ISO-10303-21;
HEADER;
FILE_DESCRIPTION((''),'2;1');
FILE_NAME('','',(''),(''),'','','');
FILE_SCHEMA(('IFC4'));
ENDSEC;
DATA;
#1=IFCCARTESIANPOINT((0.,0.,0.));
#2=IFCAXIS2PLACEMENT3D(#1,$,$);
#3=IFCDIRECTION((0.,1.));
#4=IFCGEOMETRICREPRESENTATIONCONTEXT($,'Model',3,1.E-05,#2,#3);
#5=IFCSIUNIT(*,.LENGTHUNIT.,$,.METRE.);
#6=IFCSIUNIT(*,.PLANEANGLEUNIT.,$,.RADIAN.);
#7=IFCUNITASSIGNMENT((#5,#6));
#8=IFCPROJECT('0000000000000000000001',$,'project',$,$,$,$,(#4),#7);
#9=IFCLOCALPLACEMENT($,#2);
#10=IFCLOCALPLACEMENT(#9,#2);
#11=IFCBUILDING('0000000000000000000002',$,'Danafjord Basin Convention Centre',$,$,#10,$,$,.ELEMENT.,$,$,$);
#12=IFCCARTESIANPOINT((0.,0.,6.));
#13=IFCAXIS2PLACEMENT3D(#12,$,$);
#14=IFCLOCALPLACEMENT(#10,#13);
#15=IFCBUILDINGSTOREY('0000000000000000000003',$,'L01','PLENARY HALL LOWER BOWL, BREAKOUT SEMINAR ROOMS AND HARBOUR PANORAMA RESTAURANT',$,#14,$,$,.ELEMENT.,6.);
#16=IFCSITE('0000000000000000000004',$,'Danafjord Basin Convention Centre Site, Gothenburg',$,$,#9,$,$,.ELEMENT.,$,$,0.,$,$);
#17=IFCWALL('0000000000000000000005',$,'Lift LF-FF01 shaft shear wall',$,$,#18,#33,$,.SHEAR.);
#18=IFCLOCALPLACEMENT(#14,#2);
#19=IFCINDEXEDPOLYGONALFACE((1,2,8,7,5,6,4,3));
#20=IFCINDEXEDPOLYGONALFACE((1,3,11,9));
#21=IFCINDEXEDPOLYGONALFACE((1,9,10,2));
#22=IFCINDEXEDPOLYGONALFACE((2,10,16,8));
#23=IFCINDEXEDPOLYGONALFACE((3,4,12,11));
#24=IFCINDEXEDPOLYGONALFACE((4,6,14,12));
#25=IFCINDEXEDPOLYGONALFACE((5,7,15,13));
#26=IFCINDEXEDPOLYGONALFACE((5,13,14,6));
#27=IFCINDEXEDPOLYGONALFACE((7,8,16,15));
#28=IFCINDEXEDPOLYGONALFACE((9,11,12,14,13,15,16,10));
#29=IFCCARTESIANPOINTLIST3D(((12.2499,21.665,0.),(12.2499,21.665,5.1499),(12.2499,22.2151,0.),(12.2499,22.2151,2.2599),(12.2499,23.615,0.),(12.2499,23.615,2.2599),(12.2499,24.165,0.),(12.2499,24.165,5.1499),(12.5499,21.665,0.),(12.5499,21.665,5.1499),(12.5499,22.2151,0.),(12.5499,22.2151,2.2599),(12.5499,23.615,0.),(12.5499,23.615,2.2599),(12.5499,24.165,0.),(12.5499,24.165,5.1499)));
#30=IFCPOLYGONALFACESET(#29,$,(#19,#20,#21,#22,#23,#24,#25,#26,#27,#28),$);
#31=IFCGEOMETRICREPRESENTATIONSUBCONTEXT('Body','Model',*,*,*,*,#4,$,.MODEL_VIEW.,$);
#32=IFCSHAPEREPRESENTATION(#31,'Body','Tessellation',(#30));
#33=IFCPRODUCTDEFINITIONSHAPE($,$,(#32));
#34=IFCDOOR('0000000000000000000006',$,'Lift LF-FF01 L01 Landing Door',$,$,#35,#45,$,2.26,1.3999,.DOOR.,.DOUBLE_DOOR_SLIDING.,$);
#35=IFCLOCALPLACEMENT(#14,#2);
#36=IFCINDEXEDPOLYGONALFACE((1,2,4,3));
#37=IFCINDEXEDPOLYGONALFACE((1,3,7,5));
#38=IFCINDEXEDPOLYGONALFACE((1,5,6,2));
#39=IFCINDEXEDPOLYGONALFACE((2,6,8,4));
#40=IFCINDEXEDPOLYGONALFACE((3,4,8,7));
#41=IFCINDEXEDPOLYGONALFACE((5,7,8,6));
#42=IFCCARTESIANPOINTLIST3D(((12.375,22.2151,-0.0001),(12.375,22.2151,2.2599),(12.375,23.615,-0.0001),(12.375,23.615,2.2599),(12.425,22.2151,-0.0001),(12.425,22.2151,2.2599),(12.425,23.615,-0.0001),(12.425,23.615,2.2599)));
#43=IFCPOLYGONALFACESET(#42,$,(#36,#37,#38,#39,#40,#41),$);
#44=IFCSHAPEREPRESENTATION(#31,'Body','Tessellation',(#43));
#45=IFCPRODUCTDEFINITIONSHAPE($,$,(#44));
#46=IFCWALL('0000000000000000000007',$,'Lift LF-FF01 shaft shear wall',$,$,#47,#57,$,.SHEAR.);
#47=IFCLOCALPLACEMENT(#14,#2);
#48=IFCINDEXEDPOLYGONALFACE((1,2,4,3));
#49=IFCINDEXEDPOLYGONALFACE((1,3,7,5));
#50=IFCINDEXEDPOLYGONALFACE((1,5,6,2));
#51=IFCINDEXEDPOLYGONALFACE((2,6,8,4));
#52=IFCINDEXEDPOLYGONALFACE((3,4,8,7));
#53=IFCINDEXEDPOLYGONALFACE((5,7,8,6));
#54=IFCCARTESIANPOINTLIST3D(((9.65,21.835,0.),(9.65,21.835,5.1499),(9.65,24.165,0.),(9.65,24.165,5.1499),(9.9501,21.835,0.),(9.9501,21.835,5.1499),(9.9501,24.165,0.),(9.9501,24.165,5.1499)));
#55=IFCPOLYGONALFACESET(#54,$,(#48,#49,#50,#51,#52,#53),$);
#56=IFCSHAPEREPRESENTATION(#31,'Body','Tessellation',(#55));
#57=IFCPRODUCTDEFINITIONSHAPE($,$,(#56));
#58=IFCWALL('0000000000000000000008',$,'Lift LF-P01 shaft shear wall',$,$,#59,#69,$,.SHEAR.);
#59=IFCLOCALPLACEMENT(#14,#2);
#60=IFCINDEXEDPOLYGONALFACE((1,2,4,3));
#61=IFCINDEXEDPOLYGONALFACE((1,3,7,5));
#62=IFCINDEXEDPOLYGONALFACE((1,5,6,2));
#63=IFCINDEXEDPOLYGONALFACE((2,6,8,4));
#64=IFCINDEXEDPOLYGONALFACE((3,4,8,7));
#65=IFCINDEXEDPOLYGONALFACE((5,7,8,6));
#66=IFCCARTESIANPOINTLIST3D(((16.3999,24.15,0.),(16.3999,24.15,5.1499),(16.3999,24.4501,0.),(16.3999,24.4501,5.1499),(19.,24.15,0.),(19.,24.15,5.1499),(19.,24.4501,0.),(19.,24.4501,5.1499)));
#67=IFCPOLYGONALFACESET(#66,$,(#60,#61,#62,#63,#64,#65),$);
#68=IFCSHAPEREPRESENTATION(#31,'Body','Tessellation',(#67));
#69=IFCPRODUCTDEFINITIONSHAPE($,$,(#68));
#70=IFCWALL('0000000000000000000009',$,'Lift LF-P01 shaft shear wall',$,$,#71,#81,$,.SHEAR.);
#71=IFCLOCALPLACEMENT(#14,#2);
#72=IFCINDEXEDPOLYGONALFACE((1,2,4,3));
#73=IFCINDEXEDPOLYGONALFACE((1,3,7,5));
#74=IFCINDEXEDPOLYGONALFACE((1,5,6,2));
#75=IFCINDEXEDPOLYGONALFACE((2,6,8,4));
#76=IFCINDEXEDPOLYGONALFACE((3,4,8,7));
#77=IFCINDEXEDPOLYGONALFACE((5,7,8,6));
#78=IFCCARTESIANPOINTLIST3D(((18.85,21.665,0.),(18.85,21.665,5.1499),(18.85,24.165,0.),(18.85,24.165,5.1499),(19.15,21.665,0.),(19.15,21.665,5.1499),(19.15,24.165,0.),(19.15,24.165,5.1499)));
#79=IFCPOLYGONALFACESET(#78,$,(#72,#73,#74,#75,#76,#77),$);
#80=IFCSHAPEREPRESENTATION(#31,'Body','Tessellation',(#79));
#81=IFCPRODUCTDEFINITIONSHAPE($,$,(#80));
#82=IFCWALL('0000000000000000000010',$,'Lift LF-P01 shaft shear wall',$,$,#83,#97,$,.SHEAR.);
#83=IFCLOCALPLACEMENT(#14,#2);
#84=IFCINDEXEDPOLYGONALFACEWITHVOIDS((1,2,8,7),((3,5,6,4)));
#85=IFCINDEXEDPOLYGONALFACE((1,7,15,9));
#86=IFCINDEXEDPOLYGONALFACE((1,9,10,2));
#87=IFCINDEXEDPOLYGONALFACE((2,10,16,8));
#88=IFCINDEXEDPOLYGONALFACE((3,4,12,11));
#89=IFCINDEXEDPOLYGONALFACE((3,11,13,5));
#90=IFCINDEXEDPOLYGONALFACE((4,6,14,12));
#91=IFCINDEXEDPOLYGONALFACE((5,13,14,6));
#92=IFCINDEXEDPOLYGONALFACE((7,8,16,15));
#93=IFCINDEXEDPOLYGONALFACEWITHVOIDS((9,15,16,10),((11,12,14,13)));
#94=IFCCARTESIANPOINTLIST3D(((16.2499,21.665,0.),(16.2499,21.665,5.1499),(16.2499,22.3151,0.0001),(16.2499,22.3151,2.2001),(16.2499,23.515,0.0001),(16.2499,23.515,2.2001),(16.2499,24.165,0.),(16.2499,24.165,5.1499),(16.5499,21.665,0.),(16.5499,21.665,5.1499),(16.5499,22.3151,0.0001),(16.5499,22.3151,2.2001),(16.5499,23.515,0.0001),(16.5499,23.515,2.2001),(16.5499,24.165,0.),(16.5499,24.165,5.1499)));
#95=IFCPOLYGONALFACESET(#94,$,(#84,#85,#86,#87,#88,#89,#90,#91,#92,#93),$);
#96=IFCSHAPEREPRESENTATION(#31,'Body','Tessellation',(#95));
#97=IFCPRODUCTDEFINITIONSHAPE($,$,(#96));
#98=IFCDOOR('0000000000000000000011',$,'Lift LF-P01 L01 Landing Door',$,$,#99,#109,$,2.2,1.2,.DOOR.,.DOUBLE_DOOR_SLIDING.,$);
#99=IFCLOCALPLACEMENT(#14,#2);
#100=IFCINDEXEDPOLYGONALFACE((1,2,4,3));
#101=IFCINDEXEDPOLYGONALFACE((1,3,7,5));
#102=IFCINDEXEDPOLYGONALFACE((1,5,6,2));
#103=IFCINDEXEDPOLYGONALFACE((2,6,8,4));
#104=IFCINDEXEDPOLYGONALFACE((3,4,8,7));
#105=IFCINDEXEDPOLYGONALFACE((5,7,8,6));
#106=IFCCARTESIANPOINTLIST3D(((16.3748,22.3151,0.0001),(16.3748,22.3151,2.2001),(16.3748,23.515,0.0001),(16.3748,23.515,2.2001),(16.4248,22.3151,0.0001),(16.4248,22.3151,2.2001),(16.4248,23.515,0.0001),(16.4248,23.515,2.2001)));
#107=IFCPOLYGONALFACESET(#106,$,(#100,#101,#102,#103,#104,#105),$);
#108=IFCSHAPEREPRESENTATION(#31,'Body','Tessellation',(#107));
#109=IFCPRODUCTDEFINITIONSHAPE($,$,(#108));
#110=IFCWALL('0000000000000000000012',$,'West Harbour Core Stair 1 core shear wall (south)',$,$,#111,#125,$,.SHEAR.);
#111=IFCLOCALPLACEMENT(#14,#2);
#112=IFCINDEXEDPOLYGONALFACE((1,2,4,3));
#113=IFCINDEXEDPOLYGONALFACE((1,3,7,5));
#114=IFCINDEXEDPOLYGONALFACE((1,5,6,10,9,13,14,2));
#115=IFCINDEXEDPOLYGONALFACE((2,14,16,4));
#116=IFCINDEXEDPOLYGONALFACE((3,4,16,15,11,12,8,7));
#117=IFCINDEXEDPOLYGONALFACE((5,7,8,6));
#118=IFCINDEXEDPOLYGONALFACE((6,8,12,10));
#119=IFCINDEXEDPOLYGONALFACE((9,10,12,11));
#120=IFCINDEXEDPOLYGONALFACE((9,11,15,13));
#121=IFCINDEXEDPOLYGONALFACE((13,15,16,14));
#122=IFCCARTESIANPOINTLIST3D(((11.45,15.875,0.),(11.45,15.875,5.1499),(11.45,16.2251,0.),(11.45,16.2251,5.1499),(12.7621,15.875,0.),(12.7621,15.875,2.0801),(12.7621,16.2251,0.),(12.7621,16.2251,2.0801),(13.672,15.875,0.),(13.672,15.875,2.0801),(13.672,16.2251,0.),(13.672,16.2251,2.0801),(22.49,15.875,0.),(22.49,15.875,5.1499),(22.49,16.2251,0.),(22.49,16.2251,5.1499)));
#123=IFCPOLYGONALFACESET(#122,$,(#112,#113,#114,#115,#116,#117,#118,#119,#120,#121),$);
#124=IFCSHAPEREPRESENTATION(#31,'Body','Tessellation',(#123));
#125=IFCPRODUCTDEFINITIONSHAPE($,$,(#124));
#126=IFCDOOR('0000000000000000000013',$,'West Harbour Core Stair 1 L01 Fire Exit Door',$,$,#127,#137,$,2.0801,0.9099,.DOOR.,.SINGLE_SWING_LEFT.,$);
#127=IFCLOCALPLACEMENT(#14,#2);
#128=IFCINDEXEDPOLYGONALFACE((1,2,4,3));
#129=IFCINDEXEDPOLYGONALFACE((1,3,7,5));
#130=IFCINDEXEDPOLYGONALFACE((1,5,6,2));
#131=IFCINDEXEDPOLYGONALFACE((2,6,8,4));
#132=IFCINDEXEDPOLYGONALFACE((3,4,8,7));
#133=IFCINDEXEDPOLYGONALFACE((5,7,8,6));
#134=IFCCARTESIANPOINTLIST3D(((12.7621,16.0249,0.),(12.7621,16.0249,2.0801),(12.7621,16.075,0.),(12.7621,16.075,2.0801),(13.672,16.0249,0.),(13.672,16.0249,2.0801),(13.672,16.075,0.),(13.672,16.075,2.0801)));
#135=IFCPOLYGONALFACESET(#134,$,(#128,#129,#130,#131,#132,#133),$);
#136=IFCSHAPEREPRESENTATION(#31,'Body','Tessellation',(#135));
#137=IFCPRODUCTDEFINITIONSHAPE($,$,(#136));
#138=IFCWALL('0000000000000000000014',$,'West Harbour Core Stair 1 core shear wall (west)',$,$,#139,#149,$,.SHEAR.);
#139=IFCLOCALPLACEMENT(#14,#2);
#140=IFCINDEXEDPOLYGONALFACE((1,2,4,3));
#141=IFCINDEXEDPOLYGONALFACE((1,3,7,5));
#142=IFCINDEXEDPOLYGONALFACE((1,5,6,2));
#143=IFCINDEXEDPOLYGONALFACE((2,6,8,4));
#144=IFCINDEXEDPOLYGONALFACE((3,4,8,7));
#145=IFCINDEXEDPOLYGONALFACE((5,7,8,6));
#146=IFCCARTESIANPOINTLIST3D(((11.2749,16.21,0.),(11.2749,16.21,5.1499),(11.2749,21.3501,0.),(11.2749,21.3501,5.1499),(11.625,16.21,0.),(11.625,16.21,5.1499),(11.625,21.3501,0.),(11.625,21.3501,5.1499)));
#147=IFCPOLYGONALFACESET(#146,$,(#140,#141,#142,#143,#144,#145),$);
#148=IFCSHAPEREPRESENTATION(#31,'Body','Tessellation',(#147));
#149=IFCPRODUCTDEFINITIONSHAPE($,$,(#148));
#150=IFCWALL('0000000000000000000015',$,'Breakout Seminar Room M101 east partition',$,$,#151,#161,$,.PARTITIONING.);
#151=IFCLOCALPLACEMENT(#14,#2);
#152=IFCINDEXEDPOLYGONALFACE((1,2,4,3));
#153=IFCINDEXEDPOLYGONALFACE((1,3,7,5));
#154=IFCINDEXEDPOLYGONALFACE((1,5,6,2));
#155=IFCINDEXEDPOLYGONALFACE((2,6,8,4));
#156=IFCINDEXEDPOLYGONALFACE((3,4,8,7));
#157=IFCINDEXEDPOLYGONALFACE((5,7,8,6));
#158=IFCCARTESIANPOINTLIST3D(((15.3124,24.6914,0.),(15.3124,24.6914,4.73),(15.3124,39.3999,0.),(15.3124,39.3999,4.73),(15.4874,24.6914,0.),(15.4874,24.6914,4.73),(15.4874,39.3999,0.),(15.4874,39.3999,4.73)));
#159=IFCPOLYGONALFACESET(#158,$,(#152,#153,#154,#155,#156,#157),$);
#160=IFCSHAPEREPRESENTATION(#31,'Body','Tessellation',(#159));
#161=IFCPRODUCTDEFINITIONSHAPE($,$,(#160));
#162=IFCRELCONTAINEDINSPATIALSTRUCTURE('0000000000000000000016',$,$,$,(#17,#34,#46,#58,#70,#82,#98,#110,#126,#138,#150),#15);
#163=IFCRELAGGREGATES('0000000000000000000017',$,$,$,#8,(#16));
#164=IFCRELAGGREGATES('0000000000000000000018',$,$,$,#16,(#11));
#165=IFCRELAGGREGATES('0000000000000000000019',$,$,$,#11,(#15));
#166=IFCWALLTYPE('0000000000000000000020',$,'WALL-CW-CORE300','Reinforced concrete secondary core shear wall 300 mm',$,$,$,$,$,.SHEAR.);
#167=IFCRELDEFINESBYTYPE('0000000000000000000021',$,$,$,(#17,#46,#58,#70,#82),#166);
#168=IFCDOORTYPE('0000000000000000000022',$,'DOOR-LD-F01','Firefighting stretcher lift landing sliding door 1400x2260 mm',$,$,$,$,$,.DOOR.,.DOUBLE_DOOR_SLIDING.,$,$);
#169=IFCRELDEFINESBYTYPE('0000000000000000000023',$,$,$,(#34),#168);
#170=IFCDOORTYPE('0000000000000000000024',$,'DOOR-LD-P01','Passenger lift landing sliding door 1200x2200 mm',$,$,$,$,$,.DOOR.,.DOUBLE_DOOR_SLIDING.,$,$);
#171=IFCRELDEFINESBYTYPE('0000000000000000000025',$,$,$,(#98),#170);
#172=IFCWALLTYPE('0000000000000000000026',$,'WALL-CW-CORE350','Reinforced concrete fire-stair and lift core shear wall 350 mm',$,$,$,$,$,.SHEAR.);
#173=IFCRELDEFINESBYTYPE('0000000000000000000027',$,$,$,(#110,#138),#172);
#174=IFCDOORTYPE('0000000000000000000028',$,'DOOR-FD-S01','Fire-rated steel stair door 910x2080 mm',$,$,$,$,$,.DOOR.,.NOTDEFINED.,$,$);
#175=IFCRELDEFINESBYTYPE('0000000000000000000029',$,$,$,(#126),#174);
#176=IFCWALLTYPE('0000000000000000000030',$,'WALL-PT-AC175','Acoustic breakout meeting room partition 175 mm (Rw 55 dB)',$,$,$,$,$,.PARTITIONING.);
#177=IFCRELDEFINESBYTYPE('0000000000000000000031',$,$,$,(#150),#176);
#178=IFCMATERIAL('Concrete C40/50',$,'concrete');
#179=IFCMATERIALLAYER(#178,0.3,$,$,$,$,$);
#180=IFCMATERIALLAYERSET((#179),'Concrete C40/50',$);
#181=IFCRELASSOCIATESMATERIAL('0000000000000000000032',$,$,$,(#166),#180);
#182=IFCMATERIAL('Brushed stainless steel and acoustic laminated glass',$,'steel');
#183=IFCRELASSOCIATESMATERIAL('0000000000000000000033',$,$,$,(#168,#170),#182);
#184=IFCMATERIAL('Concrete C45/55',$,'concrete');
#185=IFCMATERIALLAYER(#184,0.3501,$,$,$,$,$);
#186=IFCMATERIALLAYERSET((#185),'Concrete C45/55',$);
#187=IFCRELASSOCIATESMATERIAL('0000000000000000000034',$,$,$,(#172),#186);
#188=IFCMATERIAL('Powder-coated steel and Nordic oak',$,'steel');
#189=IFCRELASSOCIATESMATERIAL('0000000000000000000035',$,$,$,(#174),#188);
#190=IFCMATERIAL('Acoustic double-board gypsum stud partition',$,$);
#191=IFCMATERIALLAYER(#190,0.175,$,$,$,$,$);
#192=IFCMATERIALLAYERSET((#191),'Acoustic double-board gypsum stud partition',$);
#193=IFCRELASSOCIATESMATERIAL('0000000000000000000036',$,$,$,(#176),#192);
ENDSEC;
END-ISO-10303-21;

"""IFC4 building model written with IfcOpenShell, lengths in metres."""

from ifc_helpers import new_model, si_unit, direction, frame, frame_2d, origin, place, context, subcontext, project, spatial, rectangle, extrude, material, layer, layer_set, type_object, element, fill, save


model = new_model("IFC4")

# Units and contexts
model_context = context("Model", 3, precision=1e-05, world=origin(), true_north=direction((0.0, 1.0)))
body_context = subcontext(model_context, "Body", "Model", "MODEL_VIEW")
ifc_project = project(units=[si_unit("LENGTHUNIT", "METRE"), si_unit("PLANEANGLEUNIT", "RADIAN")], contexts=[model_context])

# Site, building, storey
site_placement = place(None, origin())
site = spatial("IfcSite", under=ifc_project, at=site_placement, Name="Danafjord Basin Convention Centre Site, Gothenburg", CompositionType="ELEMENT", RefElevation=0.0)
building_placement = place(site_placement, origin())
building = spatial("IfcBuilding", under=site, at=building_placement, Name="Danafjord Basin Convention Centre", CompositionType="ELEMENT")
storey_placement = place(building_placement, frame((0.0, 0.0, 6.0)))
storey = spatial("IfcBuildingStorey", under=building, at=storey_placement, Name="L01", Description="PLENARY HALL LOWER BOWL, BREAKOUT SEMINAR ROOMS AND HARBOUR PANORAMA RESTAURANT", CompositionType="ELEMENT", Elevation=6.0)

# Shared definitions
ifc_material_1 = material(Name="Concrete C40/50", Category="concrete")
ifc_layer_1 = layer(ifc_material_1, 0.3)
ifc_layer_set_1 = layer_set([ifc_layer_1], Name="Concrete C40/50")
wall_type_1 = type_object("IfcWallType", Name="WALL-CW-CORE300", Description="Reinforced concrete secondary core shear wall 300 mm", PredefinedType="SHEAR", material=ifc_layer_set_1)

# Wall, opening, door
wall_1_placement = place(storey_placement, frame((12.3999, 21.665, 0.0), z_axis=(0.0, 0.0, 1.0), x_axis=(0.0, 1.0, 0.0)))
wall_1 = element("IfcWall", 1, at=wall_1_placement, inside=storey, type_object=wall_type_1, Name="Lift LF-FF01 shaft shear wall", PredefinedType="SHEAR", context=body_context, shape_type="SweptSolid", body=[
    extrude(rectangle(XDim=2.5, YDim=0.3, at=frame_2d((1.25, 0.0))), origin(), (0.0, 0.0, 1.0), 5.1499),
])
opening_1_placement = place(wall_1_placement, frame((0.55, 0.0, 0.0)))
opening_1 = element("IfcOpeningElement", 2, at=opening_1_placement, cuts=wall_1, PredefinedType="OPENING", context=body_context, shape_type="SweptSolid", body=[
    extrude(rectangle(XDim=1.3999, YDim=2.26, at=frame_2d((0.7, 1.1299))), frame((0.0, 0.1599, 0.0), z_axis=(0.0, -1.0, 0.0), x_axis=(1.0, 0.0, 0.0)), (0.0, 0.0, 1.0), 0.3201),
])
ifc_material_2 = material(Name="Brushed stainless steel and acoustic laminated glass", Category="steel")
door_type_1 = type_object("IfcDoorType", Name="DOOR-LD-F01", Description="Firefighting stretcher lift landing sliding door 1400x2260 mm", OperationType="DOUBLE_DOOR_SLIDING", PredefinedType="DOOR", material=ifc_material_2)
door_1_placement = place(opening_1_placement, origin())
door_1 = element("IfcDoor", 3, at=door_1_placement, inside=storey, type_object=door_type_1, Name="Lift LF-FF01 L01 Landing Door", OperationType="DOUBLE_DOOR_SLIDING", OverallHeight=2.26, OverallWidth=1.3999, PredefinedType="DOOR", context=body_context, shape_type="SweptSolid", body=[
    extrude(rectangle(XDim=1.3999, YDim=2.26, at=frame_2d((0.7, 1.1299))), frame((0.0, 0.0249, 0.0), z_axis=(0.0, -1.0, 0.0), x_axis=(1.0, 0.0, 0.0)), (0.0, 0.0, 1.0), 0.05),
])
fill(opening_1, door_1)

# Walls
wall_2_placement = place(storey_placement, frame((9.8, 24.165, 0.0), z_axis=(0.0, 0.0, 1.0), x_axis=(0.0, -1.0, 0.0)))
element("IfcWall", 4, at=wall_2_placement, inside=storey, type_object=wall_type_1, Name="Lift LF-FF01 shaft shear wall", PredefinedType="SHEAR", context=body_context, shape_type="SweptSolid", body=[
    extrude(rectangle(XDim=2.3301, YDim=0.3, at=frame_2d((1.165, 0.0))), origin(), (0.0, 0.0, 1.0), 5.1499),
])
wall_3_placement = place(storey_placement, frame((19.0, 24.3, 0.0), z_axis=(0.0, 0.0, 1.0), x_axis=(-1.0, 0.0, 0.0)))
element("IfcWall", 5, at=wall_3_placement, inside=storey, type_object=wall_type_1, Name="Lift LF-P01 shaft shear wall", PredefinedType="SHEAR", context=body_context, shape_type="SweptSolid", body=[
    extrude(rectangle(XDim=2.6001, YDim=0.3, at=frame_2d((1.3, 0.0))), origin(), (0.0, 0.0, 1.0), 5.1499),
])
wall_4_placement = place(storey_placement, frame((19.0, 21.665, 0.0), z_axis=(0.0, 0.0, 1.0), x_axis=(0.0, 1.0, 0.0)))
element("IfcWall", 6, at=wall_4_placement, inside=storey, type_object=wall_type_1, Name="Lift LF-P01 shaft shear wall", PredefinedType="SHEAR", context=body_context, shape_type="SweptSolid", body=[
    extrude(rectangle(XDim=2.5, YDim=0.3, at=frame_2d((1.25, 0.0))), origin(), (0.0, 0.0, 1.0), 5.1499),
])

# Walls, openings, doors
wall_5_placement = place(storey_placement, frame((16.3999, 24.165, 0.0), z_axis=(0.0, 0.0, 1.0), x_axis=(0.0, -1.0, 0.0)))
wall_5 = element("IfcWall", 7, at=wall_5_placement, inside=storey, type_object=wall_type_1, Name="Lift LF-P01 shaft shear wall", PredefinedType="SHEAR", context=body_context, shape_type="SweptSolid", body=[
    extrude(rectangle(XDim=2.5, YDim=0.3, at=frame_2d((1.25, 0.0))), origin(), (0.0, 0.0, 1.0), 5.1499),
])
opening_2_placement = place(wall_5_placement, frame((0.6499, 0.0, 0.0)))
opening_2 = element("IfcOpeningElement", 8, at=opening_2_placement, cuts=wall_5, PredefinedType="OPENING", context=body_context, shape_type="SweptSolid", body=[
    extrude(rectangle(XDim=1.2, YDim=2.2, at=frame_2d((0.6001, 1.1001))), frame((0.0, 0.1599, 0.0), z_axis=(0.0, -1.0, 0.0), x_axis=(1.0, 0.0, 0.0)), (0.0, 0.0, 1.0), 0.3201),
])
door_type_2 = type_object("IfcDoorType", Name="DOOR-LD-P01", Description="Passenger lift landing sliding door 1200x2200 mm", OperationType="DOUBLE_DOOR_SLIDING", PredefinedType="DOOR", material=ifc_material_2)
door_2_placement = place(opening_2_placement, origin())
door_2 = element("IfcDoor", 9, at=door_2_placement, inside=storey, type_object=door_type_2, Name="Lift LF-P01 L01 Landing Door", OperationType="DOUBLE_DOOR_SLIDING", OverallHeight=2.2, OverallWidth=1.2, PredefinedType="DOOR", context=body_context, shape_type="SweptSolid", body=[
    extrude(rectangle(XDim=1.2, YDim=2.2, at=frame_2d((0.6001, 1.1001))), frame((0.0, 0.0249, 0.0), z_axis=(0.0, -1.0, 0.0), x_axis=(1.0, 0.0, 0.0)), (0.0, 0.0, 1.0), 0.05),
])
fill(opening_2, door_2)
ifc_material_3 = material(Name="Concrete C45/55", Category="concrete")
ifc_layer_2 = layer(ifc_material_3, 0.3501)
ifc_layer_set_2 = layer_set([ifc_layer_2], Name="Concrete C45/55")
wall_type_2 = type_object("IfcWallType", Name="WALL-CW-CORE350", Description="Reinforced concrete fire-stair and lift core shear wall 350 mm", PredefinedType="SHEAR", material=ifc_layer_set_2)
wall_6_placement = place(storey_placement, frame((11.45, 16.05, 0.0), z_axis=(0.0, 0.0, 1.0), x_axis=(1.0, 0.0, 0.0)))
wall_6 = element("IfcWall", 10, at=wall_6_placement, inside=storey, type_object=wall_type_2, Name="West Harbour Core Stair 1 core shear wall (south)", PredefinedType="SHEAR", context=body_context, shape_type="SweptSolid", body=[
    extrude(rectangle(XDim=11.04, YDim=0.3501, at=frame_2d((5.52, 0.0))), origin(), (0.0, 0.0, 1.0), 5.1499),
])
opening_3_placement = place(wall_6_placement, frame((1.312, 0.0, 0.0)))
opening_3 = element("IfcOpeningElement", 11, at=opening_3_placement, cuts=wall_6, PredefinedType="OPENING", context=body_context, shape_type="SweptSolid", body=[
    extrude(rectangle(XDim=0.9099, YDim=2.0801, at=frame_2d((0.4551, 1.04))), frame((0.0, 0.1851, 0.0), z_axis=(0.0, -1.0, 0.0), x_axis=(1.0, 0.0, 0.0)), (0.0, 0.0, 1.0), 0.3701),
])
ifc_material_4 = material(Name="Powder-coated steel and Nordic oak", Category="steel")
door_type_3 = type_object("IfcDoorType", Name="DOOR-FD-S01", Description="Fire-rated steel stair door 910x2080 mm", OperationType="NOTDEFINED", PredefinedType="DOOR", material=ifc_material_4)
door_3_placement = place(opening_3_placement, origin())
door_3 = element("IfcDoor", 12, at=door_3_placement, inside=storey, type_object=door_type_3, Name="West Harbour Core Stair 1 L01 Fire Exit Door", OperationType="SINGLE_SWING_LEFT", OverallHeight=2.0801, OverallWidth=0.9099, PredefinedType="DOOR", context=body_context, shape_type="SweptSolid", body=[
    extrude(rectangle(XDim=0.9099, YDim=2.0801, at=frame_2d((0.4551, 1.04))), frame((0.0, 0.0249, 0.0), z_axis=(0.0, -1.0, 0.0), x_axis=(1.0, 0.0, 0.0)), (0.0, 0.0, 1.0), 0.05),
])
fill(opening_3, door_3)

# Walls
wall_7_placement = place(storey_placement, frame((11.45, 21.3501, 0.0), z_axis=(0.0, 0.0, 1.0), x_axis=(0.0, -1.0, 0.0)))
element("IfcWall", 13, at=wall_7_placement, inside=storey, type_object=wall_type_2, Name="West Harbour Core Stair 1 core shear wall (west)", PredefinedType="SHEAR", context=body_context, shape_type="SweptSolid", body=[
    extrude(rectangle(XDim=5.1401, YDim=0.3501, at=frame_2d((2.5701, 0.0))), origin(), (0.0, 0.0, 1.0), 5.1499),
])
ifc_material_5 = material(Name="Acoustic double-board gypsum stud partition")
ifc_layer_3 = layer(ifc_material_5, 0.175)
ifc_layer_set_3 = layer_set([ifc_layer_3], Name="Acoustic double-board gypsum stud partition")
wall_type_3 = type_object("IfcWallType", Name="WALL-PT-AC175", Description="Acoustic breakout meeting room partition 175 mm (Rw 55 dB)", PredefinedType="PARTITIONING", material=ifc_layer_set_3)
wall_8_placement = place(storey_placement, frame((15.3999, 24.6914, 0.0), z_axis=(0.0, 0.0, 1.0), x_axis=(0.0, 1.0, 0.0)))
element("IfcWall", 14, at=wall_8_placement, inside=storey, type_object=wall_type_3, Name="Breakout Seminar Room M101 east partition", PredefinedType="PARTITIONING", context=body_context, shape_type="SweptSolid", body=[
    extrude(rectangle(XDim=14.7085, YDim=0.175, at=frame_2d((7.3542, 0.0))), origin(), (0.0, 0.0, 1.0), 4.73),
])

save(model, "model.ifc")
